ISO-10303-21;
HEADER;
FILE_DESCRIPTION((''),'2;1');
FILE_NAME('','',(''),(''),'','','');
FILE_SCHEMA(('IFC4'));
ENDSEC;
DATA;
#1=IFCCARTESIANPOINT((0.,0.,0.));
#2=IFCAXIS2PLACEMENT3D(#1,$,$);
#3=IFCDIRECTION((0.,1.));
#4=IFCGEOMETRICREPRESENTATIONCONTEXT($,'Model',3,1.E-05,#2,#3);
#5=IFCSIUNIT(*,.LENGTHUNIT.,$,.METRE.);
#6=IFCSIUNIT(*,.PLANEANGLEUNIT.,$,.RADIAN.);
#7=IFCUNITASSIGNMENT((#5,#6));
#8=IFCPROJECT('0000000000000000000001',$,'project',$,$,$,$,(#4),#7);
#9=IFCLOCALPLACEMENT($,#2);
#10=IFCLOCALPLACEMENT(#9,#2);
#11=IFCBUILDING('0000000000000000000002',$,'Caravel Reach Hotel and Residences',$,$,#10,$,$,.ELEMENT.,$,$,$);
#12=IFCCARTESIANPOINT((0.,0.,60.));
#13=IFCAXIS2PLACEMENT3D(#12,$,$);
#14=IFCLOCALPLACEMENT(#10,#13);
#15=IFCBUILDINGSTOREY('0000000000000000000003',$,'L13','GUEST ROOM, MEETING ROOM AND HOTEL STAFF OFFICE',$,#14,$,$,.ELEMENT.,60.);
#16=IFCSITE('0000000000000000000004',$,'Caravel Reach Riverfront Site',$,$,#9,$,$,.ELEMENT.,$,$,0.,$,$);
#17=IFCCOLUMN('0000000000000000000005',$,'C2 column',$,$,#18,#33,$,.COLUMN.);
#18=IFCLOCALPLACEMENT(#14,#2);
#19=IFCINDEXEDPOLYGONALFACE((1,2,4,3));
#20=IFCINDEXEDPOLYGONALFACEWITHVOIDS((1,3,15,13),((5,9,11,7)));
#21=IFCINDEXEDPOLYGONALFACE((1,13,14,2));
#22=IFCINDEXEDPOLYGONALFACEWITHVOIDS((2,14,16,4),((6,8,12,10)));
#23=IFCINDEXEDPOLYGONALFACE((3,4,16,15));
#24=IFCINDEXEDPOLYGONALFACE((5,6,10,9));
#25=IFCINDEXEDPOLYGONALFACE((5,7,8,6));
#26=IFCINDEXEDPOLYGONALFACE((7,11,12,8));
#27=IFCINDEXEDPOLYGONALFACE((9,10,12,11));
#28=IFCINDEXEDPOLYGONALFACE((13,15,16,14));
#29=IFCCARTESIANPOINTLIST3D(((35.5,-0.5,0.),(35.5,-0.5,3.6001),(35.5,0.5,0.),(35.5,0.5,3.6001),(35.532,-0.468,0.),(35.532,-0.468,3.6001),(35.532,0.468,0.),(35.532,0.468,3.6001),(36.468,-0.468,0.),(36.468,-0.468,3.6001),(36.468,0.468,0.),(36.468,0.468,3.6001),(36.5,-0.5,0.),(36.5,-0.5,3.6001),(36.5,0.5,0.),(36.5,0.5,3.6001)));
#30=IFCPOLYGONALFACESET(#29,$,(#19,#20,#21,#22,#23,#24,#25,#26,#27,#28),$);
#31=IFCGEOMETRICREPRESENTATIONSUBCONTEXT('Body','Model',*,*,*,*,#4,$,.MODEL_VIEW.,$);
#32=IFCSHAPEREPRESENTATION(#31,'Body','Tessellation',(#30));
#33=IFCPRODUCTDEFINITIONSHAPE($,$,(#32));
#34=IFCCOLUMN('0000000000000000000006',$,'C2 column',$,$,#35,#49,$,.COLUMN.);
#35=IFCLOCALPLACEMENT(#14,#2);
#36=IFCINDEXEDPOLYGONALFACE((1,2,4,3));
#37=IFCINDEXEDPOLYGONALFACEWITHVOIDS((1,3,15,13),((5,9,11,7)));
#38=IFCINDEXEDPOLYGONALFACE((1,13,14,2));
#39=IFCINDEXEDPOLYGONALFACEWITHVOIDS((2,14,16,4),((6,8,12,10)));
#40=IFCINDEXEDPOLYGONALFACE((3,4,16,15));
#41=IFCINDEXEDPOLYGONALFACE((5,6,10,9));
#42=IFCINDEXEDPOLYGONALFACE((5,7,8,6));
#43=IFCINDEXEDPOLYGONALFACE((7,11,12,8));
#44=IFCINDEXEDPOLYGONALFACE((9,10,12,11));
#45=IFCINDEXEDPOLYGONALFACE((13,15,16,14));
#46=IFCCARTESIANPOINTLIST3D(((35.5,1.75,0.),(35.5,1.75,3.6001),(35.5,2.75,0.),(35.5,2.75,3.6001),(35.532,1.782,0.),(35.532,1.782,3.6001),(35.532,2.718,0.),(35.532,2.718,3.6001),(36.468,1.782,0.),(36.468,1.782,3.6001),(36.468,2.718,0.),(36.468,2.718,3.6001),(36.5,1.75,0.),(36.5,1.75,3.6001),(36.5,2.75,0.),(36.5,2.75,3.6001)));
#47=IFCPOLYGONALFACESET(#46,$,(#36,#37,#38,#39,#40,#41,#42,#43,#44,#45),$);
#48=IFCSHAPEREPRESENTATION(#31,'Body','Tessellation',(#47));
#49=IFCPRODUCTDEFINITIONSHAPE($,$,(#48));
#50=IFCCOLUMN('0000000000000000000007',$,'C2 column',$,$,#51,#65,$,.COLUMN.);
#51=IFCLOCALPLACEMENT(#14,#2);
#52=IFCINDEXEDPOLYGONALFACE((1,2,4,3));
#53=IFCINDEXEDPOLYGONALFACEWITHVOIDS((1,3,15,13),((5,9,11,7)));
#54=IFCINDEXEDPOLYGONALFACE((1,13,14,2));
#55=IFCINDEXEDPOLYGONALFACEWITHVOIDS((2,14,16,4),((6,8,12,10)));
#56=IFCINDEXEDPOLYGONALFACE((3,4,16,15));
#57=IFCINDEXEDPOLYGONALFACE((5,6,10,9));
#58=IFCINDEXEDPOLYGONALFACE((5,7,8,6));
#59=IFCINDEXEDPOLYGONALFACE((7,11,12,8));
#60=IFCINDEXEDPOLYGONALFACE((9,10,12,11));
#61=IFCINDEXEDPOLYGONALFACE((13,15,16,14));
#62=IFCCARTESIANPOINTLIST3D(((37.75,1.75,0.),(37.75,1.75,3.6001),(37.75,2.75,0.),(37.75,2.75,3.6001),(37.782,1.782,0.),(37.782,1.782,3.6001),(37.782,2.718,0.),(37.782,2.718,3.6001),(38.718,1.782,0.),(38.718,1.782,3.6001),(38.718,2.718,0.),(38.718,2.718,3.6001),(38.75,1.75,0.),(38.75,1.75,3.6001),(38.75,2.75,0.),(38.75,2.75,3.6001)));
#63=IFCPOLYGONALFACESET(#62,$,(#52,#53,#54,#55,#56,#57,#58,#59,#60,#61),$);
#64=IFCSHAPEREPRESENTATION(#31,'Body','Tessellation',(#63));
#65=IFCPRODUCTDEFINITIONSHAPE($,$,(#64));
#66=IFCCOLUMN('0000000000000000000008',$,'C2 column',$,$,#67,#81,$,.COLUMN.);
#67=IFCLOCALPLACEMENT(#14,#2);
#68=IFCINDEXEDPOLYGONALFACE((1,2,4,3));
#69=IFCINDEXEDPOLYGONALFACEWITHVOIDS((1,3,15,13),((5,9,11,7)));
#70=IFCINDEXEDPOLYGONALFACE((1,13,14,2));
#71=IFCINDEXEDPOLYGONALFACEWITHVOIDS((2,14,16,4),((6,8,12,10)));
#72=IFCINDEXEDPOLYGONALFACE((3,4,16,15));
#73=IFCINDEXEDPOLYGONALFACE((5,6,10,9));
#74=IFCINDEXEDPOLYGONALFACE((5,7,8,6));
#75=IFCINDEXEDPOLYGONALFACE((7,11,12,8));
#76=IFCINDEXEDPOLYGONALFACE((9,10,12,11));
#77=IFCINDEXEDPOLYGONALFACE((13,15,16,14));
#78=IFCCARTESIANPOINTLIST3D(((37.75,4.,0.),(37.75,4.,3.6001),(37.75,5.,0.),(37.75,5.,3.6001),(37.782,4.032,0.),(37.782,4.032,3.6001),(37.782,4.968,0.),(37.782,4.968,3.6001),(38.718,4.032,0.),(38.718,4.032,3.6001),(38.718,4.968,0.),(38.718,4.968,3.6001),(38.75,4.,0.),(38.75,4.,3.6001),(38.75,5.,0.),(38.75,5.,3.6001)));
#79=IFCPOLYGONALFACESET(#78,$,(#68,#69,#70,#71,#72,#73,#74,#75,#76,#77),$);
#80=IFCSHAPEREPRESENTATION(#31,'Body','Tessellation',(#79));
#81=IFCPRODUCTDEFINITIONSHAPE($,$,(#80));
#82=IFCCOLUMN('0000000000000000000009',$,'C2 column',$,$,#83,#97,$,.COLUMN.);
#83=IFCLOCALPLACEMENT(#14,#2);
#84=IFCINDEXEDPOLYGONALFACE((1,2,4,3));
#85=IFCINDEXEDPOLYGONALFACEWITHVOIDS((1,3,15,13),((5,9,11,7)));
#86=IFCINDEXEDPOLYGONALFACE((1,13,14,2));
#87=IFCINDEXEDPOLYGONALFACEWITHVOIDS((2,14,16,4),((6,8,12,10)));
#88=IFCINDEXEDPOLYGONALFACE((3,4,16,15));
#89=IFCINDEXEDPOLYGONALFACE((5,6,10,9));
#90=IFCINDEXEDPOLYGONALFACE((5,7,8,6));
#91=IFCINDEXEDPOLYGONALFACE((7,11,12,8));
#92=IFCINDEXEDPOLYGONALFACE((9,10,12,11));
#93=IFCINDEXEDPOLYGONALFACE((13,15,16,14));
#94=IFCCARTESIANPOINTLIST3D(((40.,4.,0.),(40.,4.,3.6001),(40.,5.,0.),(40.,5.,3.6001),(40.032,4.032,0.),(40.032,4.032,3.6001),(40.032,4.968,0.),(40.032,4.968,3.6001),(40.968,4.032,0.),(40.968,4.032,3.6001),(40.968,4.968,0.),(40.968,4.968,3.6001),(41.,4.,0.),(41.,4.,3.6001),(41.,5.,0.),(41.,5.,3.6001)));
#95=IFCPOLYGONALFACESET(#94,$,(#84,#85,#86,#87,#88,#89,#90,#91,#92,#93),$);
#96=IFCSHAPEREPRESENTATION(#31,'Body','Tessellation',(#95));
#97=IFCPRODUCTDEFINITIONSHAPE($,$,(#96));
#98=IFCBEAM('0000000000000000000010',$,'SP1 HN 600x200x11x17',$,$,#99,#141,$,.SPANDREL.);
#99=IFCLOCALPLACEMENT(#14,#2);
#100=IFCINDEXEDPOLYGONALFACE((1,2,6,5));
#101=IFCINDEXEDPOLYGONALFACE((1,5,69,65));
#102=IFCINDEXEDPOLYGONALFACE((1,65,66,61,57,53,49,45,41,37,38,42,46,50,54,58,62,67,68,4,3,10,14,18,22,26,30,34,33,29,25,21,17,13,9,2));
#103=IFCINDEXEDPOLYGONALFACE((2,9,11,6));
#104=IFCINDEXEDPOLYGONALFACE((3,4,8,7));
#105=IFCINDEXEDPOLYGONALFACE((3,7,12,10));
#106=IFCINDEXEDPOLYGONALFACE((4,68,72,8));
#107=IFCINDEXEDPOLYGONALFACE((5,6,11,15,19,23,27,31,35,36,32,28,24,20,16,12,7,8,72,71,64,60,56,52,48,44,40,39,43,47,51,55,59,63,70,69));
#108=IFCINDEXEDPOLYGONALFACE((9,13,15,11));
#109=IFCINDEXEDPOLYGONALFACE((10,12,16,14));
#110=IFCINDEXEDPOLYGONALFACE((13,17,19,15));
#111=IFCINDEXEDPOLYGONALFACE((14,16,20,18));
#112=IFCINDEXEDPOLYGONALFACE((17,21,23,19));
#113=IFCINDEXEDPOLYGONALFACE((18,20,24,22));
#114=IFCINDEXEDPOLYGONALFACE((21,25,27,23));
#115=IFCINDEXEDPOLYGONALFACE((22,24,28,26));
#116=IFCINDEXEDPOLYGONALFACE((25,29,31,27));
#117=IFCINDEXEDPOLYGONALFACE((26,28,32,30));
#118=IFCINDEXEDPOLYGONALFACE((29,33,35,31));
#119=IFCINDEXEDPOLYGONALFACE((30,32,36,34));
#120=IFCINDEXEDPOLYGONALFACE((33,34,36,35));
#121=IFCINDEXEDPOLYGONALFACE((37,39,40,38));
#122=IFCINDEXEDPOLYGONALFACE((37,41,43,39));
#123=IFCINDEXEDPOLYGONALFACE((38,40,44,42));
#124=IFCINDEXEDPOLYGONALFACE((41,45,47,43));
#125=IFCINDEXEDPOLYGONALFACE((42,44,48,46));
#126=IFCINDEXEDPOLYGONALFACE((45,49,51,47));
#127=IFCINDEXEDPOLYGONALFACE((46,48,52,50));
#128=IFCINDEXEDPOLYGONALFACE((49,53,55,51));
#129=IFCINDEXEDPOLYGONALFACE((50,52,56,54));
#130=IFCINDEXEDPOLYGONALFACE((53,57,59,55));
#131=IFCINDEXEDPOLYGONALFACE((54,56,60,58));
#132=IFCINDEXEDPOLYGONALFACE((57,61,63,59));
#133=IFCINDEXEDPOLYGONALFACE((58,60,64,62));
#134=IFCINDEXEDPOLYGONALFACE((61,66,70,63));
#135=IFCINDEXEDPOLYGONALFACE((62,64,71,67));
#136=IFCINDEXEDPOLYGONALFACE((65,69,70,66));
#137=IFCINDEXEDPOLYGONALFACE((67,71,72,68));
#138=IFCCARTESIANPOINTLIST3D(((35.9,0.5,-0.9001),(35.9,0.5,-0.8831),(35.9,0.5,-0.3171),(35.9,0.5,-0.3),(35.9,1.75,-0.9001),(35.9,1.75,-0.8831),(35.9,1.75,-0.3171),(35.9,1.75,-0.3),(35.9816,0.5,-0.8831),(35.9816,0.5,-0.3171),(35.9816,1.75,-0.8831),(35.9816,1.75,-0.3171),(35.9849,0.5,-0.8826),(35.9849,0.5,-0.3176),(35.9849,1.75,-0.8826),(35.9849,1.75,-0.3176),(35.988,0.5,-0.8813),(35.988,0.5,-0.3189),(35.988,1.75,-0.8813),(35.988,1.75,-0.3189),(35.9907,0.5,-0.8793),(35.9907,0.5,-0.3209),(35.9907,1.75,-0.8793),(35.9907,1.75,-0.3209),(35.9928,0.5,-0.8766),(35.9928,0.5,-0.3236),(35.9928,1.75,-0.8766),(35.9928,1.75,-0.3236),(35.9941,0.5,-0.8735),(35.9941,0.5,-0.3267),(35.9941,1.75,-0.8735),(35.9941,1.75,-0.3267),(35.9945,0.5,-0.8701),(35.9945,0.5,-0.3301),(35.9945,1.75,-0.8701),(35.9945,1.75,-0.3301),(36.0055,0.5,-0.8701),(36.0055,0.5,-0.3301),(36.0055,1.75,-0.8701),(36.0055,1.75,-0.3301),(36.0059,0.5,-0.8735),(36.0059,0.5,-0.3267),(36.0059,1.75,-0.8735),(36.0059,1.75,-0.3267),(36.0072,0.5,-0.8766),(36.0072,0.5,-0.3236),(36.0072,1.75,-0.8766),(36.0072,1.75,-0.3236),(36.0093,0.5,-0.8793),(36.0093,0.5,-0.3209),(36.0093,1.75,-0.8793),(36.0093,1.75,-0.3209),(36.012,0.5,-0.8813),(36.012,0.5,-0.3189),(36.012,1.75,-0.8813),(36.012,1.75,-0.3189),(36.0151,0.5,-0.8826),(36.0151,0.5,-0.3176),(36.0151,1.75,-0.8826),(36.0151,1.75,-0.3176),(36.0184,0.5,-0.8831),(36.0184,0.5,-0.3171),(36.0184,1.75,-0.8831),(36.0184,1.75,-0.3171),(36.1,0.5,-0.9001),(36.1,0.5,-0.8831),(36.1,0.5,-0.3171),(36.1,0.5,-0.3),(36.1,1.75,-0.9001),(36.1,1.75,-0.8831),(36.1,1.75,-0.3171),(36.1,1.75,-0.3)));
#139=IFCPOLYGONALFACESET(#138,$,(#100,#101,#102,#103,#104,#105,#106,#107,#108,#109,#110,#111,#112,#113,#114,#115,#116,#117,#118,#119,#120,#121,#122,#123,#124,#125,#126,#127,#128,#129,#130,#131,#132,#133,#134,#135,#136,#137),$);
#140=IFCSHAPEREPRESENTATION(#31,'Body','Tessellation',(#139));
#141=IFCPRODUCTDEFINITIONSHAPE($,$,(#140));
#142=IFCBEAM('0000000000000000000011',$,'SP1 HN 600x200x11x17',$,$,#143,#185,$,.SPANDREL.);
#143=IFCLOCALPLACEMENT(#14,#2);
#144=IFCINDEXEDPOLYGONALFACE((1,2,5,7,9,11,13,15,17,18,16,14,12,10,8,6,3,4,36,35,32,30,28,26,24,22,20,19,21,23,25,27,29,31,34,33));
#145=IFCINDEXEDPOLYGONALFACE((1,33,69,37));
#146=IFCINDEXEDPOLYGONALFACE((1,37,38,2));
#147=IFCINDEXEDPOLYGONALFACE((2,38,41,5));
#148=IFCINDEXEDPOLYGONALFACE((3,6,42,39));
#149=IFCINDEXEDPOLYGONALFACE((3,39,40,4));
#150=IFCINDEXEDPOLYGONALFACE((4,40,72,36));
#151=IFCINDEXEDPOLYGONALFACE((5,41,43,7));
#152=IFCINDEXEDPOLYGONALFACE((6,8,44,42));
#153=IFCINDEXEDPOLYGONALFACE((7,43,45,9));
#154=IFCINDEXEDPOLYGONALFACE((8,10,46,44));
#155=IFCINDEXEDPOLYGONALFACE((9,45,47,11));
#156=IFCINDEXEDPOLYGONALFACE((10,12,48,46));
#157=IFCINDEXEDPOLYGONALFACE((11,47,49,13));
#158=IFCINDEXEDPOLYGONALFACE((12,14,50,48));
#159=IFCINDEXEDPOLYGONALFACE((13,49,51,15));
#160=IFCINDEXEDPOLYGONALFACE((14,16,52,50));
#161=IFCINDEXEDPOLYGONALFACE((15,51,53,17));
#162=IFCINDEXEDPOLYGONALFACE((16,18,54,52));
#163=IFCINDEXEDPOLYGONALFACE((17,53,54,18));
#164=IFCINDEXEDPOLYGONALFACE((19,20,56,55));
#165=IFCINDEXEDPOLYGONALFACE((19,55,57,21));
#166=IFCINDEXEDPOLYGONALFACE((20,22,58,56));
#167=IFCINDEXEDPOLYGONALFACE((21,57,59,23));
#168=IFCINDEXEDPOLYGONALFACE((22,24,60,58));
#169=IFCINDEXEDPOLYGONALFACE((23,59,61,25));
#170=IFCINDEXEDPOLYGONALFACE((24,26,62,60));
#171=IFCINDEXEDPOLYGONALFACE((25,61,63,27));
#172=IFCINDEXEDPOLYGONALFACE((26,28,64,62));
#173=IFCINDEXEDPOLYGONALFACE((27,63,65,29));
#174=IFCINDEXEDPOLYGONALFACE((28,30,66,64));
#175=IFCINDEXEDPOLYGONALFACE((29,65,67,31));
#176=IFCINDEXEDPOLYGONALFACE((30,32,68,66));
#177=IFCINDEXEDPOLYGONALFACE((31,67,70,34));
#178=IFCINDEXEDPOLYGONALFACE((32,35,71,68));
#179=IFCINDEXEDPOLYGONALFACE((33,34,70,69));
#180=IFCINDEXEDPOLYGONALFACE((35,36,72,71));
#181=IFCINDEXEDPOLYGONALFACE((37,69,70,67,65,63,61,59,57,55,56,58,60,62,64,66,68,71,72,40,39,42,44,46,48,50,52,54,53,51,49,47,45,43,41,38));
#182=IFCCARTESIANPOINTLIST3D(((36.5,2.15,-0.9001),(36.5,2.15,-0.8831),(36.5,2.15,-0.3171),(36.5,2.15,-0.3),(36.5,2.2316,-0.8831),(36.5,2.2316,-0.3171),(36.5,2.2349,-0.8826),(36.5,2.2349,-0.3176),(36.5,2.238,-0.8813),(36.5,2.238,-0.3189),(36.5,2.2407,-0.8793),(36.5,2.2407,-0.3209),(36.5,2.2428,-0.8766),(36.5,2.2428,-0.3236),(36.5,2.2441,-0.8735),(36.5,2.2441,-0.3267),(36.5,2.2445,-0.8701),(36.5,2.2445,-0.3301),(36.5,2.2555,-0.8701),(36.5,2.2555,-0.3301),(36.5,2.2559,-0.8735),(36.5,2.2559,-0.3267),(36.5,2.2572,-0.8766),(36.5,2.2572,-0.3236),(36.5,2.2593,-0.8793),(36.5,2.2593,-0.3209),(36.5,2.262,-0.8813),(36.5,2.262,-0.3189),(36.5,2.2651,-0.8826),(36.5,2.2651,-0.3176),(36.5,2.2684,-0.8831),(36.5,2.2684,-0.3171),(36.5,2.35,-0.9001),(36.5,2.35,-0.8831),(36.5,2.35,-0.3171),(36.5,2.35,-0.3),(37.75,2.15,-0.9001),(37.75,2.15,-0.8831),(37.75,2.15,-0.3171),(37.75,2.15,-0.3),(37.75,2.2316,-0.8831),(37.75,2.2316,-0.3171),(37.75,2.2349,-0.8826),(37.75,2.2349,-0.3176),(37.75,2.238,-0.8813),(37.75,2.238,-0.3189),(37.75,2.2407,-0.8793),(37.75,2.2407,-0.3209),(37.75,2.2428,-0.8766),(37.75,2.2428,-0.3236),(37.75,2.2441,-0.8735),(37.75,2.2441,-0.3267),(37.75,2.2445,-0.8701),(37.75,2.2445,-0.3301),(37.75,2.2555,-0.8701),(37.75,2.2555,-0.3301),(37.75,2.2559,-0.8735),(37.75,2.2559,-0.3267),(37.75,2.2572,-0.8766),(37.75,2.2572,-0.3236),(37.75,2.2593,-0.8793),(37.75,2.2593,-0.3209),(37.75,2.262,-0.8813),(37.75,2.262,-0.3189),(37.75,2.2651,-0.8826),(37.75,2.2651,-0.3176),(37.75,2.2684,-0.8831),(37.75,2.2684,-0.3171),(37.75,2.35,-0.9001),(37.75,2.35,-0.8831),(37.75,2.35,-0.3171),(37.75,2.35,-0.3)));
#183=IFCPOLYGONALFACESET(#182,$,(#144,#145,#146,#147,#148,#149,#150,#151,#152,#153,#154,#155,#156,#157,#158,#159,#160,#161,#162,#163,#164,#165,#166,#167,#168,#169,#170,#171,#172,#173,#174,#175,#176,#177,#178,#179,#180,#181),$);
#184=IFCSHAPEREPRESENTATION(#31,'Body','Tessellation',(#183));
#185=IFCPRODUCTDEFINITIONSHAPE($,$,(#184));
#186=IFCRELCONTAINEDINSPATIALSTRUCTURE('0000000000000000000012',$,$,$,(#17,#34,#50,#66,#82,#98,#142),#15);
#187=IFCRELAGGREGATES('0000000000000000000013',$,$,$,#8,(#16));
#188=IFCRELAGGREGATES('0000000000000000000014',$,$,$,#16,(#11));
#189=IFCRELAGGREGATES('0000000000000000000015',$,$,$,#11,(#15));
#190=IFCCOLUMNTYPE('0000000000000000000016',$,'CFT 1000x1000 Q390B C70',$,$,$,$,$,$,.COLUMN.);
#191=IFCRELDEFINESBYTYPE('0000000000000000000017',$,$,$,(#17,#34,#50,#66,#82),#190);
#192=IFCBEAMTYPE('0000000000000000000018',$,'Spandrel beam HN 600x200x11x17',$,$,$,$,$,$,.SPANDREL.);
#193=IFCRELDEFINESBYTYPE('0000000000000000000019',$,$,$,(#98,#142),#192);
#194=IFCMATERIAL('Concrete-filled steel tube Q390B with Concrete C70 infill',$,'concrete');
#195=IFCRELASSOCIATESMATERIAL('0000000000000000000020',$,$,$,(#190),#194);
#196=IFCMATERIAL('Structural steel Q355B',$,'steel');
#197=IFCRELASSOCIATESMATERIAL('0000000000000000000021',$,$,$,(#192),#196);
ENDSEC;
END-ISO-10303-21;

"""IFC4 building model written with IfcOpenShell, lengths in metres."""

from ifc_helpers import new_model, si_unit, direction, frame, origin, origin_2d, place, context, subcontext, project, spatial, hollow_rectangle, i_section, extrude, material, material_profile, profile_set, type_object, element, save


model = new_model("IFC4")

# Units and contexts
model_context = context("Model", 3, precision=1e-05, world=origin(), true_north=direction((0.0, 1.0)))
body_context = subcontext(model_context, "Body", "Model", "MODEL_VIEW")
ifc_project = project(units=[si_unit("LENGTHUNIT", "METRE"), si_unit("PLANEANGLEUNIT", "RADIAN")], contexts=[model_context])

# Site, building, storey
site_placement = place(None, origin())
site = spatial("IfcSite", under=ifc_project, at=site_placement, Name="Caravel Reach Riverfront Site", CompositionType="ELEMENT", RefElevation=0.0)
building_placement = place(site_placement, origin())
building = spatial("IfcBuilding", under=site, at=building_placement, Name="Caravel Reach Hotel and Residences", CompositionType="ELEMENT")
storey_placement = place(building_placement, frame((0.0, 0.0, 60.0)))
storey = spatial("IfcBuildingStorey", under=building, at=storey_placement, Name="L13", Description="GUEST ROOM, MEETING ROOM AND HOTEL STAFF OFFICE", CompositionType="ELEMENT", Elevation=60.0)

# Columns
ifc_material_1 = material(Name="Concrete-filled steel tube Q390B with Concrete C70 infill", Category="concrete")
ifc_material_profile_1 = material_profile(ifc_material_1, hollow_rectangle(XDim=1.0, YDim=1.0, WallThickness=0.032, at=origin_2d()), Name="RHS 1000x1000x32")
ifc_profile_set_1 = profile_set([ifc_material_profile_1], Name="Concrete-filled steel tube Q390B with Concrete C70 infill")
column_type = type_object("IfcColumnType", Name="CFT 1000x1000 Q390B C70", PredefinedType="COLUMN", material=ifc_profile_set_1)
for number, where, z_axis, x_axis, name in (
    (1, (36.0, 0.0, 0.0), (0.0, 0.0, 1.0), (1.0, 0.0, 0.0), "C2 column"),
    (2, (36.0, 2.25, 0.0), (0.0, 0.0, 1.0), (1.0, 0.0, 0.0), "C2 column"),
    (3, (38.25, 2.25, 0.0), (0.0, 0.0, 1.0), (1.0, 0.0, 0.0), "C2 column"),
    (4, (38.25, 4.5, 0.0), (0.0, 0.0, 1.0), (1.0, 0.0, 0.0), "C2 column"),
    (5, (40.5, 4.5, 0.0), (0.0, 0.0, 1.0), (1.0, 0.0, 0.0), "C2 column"),
):
    element("IfcColumn", number, at=place(storey_placement, frame(where, z_axis=z_axis, x_axis=x_axis)), inside=storey, type_object=column_type, Name=name, PredefinedType="COLUMN", context=body_context, shape_type="SweptSolid", body=[
        extrude(hollow_rectangle(XDim=1.0, YDim=1.0, WallThickness=0.032, at=origin_2d()), origin(), (0.0, 0.0, 1.0), 3.6001),
    ])

# Beams
ifc_material_2 = material(Name="Structural steel Q355B", Category="steel")
ifc_material_profile_2 = material_profile(ifc_material_2, i_section(OverallWidth=0.2, OverallDepth=0.6001, WebThickness=0.011, FlangeThickness=0.0171, FilletRadius=0.0129, at=origin_2d()), Name="HN 600x200x11x17")
ifc_profile_set_2 = profile_set([ifc_material_profile_2], Name="Structural steel Q355B")
beam_type = type_object("IfcBeamType", Name="Spandrel beam HN 600x200x11x17", PredefinedType="SPANDREL", material=ifc_profile_set_2)
for number, where, z_axis, x_axis, name in (
    (6, (36.0, 0.5, -0.6001), (0.0, 1.0, 0.0), (-1.0, 0.0, 0.0), "SP1 HN 600x200x11x17"),
    (7, (36.5, 2.25, -0.6001), (1.0, 0.0, 0.0), (0.0, 1.0, 0.0), "SP1 HN 600x200x11x17"),
):
    element("IfcBeam", number, at=place(storey_placement, frame(where, z_axis=z_axis, x_axis=x_axis)), inside=storey, type_object=beam_type, Name=name, PredefinedType="SPANDREL", context=body_context, shape_type="SweptSolid", body=[
        extrude(i_section(OverallWidth=0.2, OverallDepth=0.6001, WebThickness=0.011, FlangeThickness=0.0171, FilletRadius=0.0129, at=origin_2d()), origin(), (0.0, 0.0, 1.0), 1.25),
    ])

save(model, "model.ifc")
